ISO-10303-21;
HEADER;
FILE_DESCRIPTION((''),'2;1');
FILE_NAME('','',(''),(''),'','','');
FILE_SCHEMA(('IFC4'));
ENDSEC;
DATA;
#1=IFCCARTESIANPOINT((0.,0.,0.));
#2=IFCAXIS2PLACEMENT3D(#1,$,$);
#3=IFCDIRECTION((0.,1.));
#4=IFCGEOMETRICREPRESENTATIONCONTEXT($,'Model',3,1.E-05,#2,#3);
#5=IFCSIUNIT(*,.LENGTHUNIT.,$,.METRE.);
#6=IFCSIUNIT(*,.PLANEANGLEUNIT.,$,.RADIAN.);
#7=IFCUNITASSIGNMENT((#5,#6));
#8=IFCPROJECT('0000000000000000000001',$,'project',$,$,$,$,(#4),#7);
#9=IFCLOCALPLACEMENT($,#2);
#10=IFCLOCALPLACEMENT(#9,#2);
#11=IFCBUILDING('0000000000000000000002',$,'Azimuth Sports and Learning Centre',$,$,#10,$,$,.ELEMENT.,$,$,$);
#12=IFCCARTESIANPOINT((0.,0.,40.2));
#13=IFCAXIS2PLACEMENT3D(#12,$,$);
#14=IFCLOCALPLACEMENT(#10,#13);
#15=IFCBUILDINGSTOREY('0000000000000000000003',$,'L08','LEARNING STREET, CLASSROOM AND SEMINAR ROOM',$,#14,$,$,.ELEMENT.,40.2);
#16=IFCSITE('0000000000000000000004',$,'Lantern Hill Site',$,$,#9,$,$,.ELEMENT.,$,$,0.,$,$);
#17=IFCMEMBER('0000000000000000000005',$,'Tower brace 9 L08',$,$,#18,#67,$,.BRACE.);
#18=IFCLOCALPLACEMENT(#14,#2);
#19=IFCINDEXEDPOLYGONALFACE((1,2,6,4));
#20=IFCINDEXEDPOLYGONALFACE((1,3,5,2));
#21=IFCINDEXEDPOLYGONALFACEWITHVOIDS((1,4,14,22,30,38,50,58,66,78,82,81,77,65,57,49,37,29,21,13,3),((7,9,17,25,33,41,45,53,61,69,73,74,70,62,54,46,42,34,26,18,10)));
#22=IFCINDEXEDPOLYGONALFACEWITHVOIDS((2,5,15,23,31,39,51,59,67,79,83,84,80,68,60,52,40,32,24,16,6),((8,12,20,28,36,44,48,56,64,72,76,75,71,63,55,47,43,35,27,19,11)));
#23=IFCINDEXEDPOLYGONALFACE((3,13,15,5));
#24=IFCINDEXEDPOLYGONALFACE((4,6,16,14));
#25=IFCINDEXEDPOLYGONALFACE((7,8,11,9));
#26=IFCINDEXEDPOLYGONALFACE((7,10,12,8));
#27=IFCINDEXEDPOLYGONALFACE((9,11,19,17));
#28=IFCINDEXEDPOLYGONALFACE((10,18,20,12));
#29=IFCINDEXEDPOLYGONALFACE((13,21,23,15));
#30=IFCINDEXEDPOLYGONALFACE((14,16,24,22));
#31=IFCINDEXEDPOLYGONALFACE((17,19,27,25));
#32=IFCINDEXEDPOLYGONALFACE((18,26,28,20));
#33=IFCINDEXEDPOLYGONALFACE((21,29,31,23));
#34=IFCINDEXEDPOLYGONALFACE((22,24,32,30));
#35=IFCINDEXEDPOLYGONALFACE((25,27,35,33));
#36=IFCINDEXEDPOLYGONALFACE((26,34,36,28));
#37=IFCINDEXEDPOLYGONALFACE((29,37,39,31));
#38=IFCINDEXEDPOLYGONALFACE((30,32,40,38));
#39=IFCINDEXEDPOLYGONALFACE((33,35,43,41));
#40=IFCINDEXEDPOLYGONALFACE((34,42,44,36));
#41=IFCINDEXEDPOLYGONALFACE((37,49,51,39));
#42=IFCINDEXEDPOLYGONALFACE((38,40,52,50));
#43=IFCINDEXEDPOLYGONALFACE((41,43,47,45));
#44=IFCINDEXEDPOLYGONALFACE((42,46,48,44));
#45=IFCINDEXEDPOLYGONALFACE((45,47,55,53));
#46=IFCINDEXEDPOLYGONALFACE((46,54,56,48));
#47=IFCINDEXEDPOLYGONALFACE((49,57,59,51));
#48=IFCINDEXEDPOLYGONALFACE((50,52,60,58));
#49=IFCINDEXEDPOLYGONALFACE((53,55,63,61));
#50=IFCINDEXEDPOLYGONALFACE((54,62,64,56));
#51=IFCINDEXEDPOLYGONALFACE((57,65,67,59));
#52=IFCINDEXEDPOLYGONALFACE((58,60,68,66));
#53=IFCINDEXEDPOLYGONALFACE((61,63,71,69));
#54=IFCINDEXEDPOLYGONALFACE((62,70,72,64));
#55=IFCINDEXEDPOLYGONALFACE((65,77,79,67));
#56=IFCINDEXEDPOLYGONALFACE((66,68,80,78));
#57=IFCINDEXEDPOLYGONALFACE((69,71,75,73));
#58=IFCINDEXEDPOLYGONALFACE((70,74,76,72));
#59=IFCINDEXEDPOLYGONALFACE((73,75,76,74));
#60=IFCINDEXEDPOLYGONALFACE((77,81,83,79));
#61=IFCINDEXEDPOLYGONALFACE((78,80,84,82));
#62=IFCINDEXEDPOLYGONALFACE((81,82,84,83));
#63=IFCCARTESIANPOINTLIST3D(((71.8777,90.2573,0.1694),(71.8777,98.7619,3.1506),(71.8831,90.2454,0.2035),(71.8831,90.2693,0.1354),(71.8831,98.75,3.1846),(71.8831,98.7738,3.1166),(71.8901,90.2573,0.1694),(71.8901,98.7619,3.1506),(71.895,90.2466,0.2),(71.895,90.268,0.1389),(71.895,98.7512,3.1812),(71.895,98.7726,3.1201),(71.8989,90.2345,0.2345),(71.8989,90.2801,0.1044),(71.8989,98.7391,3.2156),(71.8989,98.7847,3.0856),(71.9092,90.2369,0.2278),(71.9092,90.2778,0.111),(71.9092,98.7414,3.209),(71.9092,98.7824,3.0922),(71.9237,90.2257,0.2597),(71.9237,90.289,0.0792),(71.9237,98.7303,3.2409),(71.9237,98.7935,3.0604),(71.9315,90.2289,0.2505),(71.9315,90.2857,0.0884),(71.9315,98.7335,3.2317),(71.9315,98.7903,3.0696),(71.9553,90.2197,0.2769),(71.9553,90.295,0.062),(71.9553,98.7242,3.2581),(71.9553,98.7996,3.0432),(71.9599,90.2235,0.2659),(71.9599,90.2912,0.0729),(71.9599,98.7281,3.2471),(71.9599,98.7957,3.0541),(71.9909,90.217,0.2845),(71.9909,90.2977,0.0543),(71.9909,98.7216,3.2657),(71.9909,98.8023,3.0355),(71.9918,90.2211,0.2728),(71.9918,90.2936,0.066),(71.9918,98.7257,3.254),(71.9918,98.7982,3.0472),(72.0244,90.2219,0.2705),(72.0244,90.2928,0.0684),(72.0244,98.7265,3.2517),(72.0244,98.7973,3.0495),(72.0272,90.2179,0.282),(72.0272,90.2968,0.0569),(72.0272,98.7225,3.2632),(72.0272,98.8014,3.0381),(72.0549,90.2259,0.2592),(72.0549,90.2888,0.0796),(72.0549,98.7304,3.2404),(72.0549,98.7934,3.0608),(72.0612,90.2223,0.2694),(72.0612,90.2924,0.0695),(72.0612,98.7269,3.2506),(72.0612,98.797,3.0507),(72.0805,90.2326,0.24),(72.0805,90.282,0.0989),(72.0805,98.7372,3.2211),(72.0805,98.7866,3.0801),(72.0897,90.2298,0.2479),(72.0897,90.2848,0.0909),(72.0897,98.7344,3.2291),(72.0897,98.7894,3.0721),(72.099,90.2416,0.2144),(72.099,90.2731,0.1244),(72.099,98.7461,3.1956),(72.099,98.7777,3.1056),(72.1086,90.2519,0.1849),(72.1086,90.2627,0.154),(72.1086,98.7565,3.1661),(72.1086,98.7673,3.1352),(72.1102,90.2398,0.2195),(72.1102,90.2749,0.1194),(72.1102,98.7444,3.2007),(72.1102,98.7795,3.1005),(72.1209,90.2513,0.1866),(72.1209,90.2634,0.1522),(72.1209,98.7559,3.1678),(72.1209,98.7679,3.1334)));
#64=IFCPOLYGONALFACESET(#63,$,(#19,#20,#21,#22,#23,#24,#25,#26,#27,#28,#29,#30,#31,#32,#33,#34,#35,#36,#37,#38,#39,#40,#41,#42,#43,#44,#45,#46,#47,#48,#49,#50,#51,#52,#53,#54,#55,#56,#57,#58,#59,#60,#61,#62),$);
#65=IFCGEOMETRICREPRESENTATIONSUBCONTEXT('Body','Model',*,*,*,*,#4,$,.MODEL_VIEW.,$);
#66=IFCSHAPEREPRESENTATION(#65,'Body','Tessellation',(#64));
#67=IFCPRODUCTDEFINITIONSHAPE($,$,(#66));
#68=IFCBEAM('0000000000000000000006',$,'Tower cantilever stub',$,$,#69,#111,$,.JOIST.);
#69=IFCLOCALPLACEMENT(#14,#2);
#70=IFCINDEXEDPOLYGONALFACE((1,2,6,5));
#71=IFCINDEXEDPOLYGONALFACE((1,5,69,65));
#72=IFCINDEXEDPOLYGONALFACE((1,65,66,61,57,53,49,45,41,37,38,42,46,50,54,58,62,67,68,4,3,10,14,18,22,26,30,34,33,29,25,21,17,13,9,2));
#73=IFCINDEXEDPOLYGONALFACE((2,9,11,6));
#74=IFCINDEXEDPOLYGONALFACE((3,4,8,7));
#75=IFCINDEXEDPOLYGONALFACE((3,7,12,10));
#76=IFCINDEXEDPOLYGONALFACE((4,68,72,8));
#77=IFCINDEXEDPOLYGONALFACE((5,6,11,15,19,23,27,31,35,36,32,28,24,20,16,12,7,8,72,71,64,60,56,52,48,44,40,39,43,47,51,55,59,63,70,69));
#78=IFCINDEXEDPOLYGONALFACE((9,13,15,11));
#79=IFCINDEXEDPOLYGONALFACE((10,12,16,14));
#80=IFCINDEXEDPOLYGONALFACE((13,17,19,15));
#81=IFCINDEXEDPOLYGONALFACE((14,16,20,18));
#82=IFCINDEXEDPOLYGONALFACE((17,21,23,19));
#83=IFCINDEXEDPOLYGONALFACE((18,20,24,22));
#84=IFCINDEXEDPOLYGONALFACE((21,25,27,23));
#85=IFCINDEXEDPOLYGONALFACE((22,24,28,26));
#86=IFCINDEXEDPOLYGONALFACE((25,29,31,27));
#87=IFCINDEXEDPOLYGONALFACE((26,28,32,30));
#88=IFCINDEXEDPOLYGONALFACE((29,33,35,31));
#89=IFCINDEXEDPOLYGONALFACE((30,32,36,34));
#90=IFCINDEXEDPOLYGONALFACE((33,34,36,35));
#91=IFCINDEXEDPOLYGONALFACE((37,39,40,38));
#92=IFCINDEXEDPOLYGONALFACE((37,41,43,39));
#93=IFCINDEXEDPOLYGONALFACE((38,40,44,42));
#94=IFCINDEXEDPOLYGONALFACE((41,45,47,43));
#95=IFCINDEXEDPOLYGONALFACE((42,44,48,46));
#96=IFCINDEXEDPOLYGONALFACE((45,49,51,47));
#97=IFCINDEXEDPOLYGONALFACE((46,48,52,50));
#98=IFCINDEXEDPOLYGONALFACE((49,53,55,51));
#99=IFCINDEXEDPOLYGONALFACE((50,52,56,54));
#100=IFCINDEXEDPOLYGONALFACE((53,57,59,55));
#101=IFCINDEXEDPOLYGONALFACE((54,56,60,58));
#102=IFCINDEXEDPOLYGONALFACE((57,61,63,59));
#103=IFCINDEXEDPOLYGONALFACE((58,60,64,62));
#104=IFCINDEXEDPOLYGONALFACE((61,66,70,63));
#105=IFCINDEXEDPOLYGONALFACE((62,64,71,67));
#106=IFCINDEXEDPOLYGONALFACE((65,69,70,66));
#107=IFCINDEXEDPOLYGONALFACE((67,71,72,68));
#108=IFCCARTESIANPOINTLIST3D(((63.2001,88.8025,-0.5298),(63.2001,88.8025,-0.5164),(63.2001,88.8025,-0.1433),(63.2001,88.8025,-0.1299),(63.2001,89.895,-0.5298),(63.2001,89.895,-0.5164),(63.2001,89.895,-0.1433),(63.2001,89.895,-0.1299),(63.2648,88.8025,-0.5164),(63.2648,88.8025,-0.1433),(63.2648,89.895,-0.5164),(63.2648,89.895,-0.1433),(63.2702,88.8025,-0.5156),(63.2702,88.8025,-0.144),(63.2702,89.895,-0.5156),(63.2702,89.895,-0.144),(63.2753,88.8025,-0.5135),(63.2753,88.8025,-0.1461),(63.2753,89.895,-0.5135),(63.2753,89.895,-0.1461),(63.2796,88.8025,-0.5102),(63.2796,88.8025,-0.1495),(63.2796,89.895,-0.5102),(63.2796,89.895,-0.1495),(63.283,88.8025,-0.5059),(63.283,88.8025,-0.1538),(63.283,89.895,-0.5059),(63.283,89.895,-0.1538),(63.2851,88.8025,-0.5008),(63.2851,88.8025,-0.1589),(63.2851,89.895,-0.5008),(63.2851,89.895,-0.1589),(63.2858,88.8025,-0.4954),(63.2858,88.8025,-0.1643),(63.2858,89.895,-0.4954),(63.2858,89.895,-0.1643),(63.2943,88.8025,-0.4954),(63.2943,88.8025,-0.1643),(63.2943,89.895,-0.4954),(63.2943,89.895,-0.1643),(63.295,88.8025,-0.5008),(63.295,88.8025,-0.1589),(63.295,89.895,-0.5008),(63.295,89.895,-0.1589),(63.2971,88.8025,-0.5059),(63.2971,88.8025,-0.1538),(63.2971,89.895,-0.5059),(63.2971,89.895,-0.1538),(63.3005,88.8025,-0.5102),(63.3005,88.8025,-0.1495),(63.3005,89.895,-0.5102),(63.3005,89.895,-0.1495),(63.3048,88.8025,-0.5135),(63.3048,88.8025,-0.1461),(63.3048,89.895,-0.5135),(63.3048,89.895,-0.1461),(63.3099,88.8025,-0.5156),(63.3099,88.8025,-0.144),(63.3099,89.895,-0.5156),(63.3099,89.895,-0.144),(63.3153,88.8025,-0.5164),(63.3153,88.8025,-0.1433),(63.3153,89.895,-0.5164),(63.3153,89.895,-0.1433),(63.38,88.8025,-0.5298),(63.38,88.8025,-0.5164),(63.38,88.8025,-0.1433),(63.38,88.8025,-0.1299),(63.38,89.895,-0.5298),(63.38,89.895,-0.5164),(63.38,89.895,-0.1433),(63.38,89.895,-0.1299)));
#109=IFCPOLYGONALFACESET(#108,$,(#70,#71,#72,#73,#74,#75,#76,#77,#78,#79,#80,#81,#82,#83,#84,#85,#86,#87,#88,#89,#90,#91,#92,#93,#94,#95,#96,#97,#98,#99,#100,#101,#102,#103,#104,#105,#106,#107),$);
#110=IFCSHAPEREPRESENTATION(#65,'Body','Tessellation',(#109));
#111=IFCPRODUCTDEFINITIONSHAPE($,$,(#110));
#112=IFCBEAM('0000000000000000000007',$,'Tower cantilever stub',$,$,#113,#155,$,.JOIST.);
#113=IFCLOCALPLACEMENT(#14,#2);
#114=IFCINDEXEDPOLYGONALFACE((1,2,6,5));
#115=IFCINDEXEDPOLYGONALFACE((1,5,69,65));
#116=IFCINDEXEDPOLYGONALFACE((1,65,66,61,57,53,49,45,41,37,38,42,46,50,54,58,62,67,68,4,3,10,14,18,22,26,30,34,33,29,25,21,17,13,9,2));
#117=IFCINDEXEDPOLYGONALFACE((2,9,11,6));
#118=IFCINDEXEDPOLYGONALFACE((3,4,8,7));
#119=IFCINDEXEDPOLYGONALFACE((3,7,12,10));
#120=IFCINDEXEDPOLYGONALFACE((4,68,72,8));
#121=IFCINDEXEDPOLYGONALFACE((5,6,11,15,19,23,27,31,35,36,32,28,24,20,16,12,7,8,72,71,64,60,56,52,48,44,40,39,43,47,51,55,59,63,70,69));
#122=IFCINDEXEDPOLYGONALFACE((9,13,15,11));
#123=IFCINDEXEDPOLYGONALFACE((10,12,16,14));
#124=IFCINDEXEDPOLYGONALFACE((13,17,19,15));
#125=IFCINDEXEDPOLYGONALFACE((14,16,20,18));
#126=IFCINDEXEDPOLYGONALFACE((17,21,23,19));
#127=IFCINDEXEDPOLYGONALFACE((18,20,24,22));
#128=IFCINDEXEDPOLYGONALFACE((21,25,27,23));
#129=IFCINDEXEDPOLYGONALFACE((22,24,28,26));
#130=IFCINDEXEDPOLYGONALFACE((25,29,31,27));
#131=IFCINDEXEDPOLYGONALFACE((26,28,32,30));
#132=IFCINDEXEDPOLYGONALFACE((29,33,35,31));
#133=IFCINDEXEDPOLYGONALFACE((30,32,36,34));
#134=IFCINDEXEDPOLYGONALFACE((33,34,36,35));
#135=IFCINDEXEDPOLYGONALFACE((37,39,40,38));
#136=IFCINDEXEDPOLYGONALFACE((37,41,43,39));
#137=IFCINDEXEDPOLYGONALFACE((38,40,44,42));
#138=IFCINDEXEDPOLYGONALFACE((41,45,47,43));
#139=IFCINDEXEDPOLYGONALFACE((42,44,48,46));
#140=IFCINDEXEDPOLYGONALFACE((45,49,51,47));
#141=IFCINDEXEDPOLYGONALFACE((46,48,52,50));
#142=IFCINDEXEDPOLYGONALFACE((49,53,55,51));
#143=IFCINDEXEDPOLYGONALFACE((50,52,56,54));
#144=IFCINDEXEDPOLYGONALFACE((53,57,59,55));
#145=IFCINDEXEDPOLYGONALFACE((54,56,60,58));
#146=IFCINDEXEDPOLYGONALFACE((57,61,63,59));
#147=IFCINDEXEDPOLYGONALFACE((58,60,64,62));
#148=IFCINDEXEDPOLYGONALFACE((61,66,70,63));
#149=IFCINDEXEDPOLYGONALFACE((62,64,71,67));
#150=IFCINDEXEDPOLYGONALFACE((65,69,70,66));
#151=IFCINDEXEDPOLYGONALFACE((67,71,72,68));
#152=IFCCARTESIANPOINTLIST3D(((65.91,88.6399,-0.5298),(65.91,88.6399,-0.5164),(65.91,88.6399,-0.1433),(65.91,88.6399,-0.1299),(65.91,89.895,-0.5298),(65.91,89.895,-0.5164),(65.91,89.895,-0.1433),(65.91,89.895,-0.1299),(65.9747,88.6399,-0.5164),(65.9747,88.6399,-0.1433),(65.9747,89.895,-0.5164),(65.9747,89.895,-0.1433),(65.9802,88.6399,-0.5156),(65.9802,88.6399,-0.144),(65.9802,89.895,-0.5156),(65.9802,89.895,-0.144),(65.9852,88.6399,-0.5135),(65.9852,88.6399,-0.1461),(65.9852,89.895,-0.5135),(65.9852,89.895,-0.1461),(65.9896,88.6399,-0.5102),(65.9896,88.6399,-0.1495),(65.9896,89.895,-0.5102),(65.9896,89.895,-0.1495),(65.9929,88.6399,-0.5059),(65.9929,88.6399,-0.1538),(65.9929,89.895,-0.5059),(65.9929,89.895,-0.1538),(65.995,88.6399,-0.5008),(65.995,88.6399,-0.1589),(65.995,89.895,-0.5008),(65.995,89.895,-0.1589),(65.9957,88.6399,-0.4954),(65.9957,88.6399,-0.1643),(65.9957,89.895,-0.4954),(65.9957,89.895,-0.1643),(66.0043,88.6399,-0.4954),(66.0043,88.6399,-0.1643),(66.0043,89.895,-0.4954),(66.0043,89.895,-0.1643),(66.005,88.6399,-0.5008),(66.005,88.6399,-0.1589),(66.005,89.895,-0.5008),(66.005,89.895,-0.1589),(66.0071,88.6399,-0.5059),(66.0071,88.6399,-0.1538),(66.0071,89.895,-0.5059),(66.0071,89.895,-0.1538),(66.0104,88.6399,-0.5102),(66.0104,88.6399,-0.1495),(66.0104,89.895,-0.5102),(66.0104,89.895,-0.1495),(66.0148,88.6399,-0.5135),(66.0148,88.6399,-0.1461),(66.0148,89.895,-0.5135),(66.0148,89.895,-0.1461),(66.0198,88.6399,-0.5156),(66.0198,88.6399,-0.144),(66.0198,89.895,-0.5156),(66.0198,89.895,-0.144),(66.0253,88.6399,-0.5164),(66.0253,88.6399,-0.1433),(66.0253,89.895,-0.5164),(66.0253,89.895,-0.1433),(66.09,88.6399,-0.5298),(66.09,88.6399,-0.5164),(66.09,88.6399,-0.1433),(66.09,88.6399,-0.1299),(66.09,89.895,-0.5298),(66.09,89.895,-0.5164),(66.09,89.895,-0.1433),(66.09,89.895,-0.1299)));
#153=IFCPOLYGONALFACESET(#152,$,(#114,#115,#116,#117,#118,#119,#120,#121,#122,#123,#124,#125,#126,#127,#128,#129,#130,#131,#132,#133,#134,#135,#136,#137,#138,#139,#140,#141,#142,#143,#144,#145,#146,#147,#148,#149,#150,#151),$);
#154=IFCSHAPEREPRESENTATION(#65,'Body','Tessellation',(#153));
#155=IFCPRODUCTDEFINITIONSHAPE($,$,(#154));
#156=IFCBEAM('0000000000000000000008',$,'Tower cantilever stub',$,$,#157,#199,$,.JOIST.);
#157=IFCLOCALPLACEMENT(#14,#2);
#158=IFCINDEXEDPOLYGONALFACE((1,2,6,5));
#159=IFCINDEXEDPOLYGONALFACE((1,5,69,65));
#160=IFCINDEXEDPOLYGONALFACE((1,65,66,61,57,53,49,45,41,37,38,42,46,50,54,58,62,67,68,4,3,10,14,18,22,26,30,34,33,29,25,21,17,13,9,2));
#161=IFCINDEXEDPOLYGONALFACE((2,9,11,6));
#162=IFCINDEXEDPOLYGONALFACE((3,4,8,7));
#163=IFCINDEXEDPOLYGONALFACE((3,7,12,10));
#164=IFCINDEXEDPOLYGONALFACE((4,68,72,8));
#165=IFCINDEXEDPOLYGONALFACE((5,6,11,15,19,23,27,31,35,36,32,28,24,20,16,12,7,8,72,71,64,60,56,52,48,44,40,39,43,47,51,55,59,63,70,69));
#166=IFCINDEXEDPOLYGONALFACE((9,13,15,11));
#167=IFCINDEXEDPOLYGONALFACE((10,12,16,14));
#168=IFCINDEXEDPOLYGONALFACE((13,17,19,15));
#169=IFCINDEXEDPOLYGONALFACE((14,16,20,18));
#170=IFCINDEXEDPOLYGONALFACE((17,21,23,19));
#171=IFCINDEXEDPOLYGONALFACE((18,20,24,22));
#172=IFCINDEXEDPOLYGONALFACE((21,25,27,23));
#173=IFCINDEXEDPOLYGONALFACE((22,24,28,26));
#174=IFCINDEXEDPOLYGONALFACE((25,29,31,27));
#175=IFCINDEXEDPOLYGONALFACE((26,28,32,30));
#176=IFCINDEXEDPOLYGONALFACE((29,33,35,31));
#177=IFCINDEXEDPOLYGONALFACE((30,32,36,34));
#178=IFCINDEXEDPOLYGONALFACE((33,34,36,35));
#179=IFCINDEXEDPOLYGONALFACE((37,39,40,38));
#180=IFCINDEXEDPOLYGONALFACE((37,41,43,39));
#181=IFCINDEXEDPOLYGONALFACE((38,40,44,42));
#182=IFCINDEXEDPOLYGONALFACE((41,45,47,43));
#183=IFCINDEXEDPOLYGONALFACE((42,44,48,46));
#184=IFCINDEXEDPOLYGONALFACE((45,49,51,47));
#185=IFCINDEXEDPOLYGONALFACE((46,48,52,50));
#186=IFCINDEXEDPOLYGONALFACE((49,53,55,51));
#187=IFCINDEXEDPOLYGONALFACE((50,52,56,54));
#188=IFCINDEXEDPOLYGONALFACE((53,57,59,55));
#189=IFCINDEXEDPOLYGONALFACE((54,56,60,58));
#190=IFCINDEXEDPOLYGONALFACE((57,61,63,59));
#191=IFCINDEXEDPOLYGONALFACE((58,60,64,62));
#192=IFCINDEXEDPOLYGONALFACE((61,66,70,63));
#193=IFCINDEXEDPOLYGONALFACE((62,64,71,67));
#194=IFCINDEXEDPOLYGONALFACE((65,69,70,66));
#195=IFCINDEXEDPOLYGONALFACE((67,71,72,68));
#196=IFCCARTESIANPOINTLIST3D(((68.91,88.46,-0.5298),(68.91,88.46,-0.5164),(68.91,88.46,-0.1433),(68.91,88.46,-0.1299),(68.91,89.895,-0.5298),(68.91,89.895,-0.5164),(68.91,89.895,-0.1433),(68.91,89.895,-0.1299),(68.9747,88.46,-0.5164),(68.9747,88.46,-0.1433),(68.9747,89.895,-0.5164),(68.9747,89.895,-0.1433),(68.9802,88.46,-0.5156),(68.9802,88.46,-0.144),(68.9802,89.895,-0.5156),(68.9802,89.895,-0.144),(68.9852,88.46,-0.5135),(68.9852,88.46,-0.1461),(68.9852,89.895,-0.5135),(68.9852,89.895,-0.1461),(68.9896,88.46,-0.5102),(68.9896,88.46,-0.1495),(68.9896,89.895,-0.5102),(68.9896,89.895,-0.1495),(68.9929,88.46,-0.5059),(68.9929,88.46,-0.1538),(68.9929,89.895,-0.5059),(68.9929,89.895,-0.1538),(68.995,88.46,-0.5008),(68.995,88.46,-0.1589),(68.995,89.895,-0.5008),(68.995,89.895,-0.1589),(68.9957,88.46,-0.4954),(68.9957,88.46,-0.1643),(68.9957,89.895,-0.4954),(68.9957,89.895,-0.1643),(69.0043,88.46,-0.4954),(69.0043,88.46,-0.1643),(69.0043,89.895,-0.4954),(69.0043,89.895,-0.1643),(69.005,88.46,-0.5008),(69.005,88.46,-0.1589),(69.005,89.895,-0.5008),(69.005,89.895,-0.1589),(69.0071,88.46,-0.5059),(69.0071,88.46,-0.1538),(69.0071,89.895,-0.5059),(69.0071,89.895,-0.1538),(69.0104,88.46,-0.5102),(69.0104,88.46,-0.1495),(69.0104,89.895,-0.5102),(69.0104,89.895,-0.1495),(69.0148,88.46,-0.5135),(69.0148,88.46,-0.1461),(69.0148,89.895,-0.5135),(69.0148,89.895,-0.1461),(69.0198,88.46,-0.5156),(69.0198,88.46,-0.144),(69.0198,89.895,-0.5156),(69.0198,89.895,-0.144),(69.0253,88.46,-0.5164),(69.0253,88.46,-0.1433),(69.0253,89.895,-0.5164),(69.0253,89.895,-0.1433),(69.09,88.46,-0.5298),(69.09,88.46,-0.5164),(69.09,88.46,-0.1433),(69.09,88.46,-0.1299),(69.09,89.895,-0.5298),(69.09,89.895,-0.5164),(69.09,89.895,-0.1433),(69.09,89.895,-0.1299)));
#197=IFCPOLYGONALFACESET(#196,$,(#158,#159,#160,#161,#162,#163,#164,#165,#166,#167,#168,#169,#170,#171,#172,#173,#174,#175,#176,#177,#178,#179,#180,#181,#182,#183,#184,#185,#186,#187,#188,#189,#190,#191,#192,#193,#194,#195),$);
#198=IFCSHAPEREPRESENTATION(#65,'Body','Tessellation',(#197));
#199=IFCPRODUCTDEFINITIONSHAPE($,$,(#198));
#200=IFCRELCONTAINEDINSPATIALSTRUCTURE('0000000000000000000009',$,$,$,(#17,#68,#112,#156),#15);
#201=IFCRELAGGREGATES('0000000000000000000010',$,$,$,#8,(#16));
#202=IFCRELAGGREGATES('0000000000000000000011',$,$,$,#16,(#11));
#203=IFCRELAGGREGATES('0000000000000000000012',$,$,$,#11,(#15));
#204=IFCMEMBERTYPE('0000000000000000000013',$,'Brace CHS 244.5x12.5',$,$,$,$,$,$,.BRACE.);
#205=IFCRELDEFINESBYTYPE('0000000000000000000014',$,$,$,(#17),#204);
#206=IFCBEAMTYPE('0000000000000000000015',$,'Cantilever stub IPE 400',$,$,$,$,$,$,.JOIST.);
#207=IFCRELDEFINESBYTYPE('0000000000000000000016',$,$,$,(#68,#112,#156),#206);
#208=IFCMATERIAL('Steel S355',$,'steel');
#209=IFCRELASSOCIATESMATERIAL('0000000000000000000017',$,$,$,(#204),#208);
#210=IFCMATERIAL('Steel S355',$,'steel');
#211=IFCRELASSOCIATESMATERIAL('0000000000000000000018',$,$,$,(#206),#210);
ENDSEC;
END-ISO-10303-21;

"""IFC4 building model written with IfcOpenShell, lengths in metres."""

from ifc_helpers import new_model, si_unit, direction, frame, origin, origin_2d, place, context, subcontext, project, spatial, hollow_circle, i_section, extrude, material, material_profile, profile_set, type_object, element, save


model = new_model("IFC4")

# Units and contexts
model_context = context("Model", 3, precision=1e-05, world=origin(), true_north=direction((0.0, 1.0)))
body_context = subcontext(model_context, "Body", "Model", "MODEL_VIEW")
ifc_project = project(units=[si_unit("LENGTHUNIT", "METRE"), si_unit("PLANEANGLEUNIT", "RADIAN")], contexts=[model_context])

# Site, building, storey
site_placement = place(None, origin())
site = spatial("IfcSite", under=ifc_project, at=site_placement, Name="Lantern Hill Site", CompositionType="ELEMENT", RefElevation=0.0)
building_placement = place(site_placement, origin())
building = spatial("IfcBuilding", under=site, at=building_placement, Name="Azimuth Sports and Learning Centre", CompositionType="ELEMENT")
storey_placement = place(building_placement, frame((0.0, 0.0, 40.2)))
storey = spatial("IfcBuildingStorey", under=building, at=storey_placement, Name="L08", Description="LEARNING STREET, CLASSROOM AND SEMINAR ROOM", CompositionType="ELEMENT", Elevation=40.2)

# Member
ifc_material_1 = material(Name="Steel S355", Category="steel")
ifc_material_profile_1 = material_profile(ifc_material_1, hollow_circle(Radius=0.1223, WallThickness=0.0125, at=origin_2d()), Name="CHS 244.5x12.5")
ifc_profile_set_1 = profile_set([ifc_material_profile_1], Name="Steel S355")
member_type_1 = type_object("IfcMemberType", Name="Brace CHS 244.5x12.5", PredefinedType="BRACE", material=ifc_profile_set_1)
member_1_placement = place(storey_placement, frame((72.0, 90.2573, 0.1694), z_axis=(0.0, 0.9437, 0.330803), x_axis=(-1.0, 0.0, 0.0)))
element("IfcMember", 1, at=member_1_placement, inside=storey, type_object=member_type_1, Name="Tower brace 9 L08", PredefinedType="BRACE", context=body_context, shape_type="SweptSolid", body=[
    extrude(hollow_circle(Radius=0.1223, WallThickness=0.0125, at=origin_2d()), origin(), (0.0, 0.0, 1.0), 9.012),
])

# Beams
ifc_material_2 = material(Name="Steel S355", Category="steel")
ifc_material_profile_2 = material_profile(ifc_material_2, i_section(OverallWidth=0.1799, OverallDepth=0.3999, WebThickness=0.0085, FlangeThickness=0.0134, FilletRadius=0.021, at=origin_2d()), Name="IPE 400")
ifc_profile_set_2 = profile_set([ifc_material_profile_2], Name="Steel S355")
beam_type_1 = type_object("IfcBeamType", Name="Cantilever stub IPE 400", PredefinedType="JOIST", material=ifc_profile_set_2)
beam_1_placement = place(storey_placement, frame((63.29, 89.895, -0.3298), z_axis=(0.0, -1.0, 0.0), x_axis=(1.0, 0.0, 0.0)))
element("IfcBeam", 2, at=beam_1_placement, inside=storey, type_object=beam_type_1, Name="Tower cantilever stub", PredefinedType="JOIST", context=body_context, shape_type="SweptSolid", body=[
    extrude(i_section(OverallWidth=0.1799, OverallDepth=0.3999, WebThickness=0.0085, FlangeThickness=0.0134, FilletRadius=0.021, at=origin_2d()), origin(), (0.0, 0.0, 1.0), 1.0925),
])
beam_2_placement = place(storey_placement, frame((66.0, 89.895, -0.3298), z_axis=(0.0, -1.0, 0.0), x_axis=(1.0, 0.0, 0.0)))
element("IfcBeam", 3, at=beam_2_placement, inside=storey, type_object=beam_type_1, Name="Tower cantilever stub", PredefinedType="JOIST", context=body_context, shape_type="SweptSolid", body=[
    extrude(i_section(OverallWidth=0.1799, OverallDepth=0.3999, WebThickness=0.0085, FlangeThickness=0.0134, FilletRadius=0.021, at=origin_2d()), origin(), (0.0, 0.0, 1.0), 1.2551),
])
beam_3_placement = place(storey_placement, frame((69.0, 89.895, -0.3298), z_axis=(0.0, -1.0, 0.0), x_axis=(1.0, 0.0, 0.0)))
element("IfcBeam", 4, at=beam_3_placement, inside=storey, type_object=beam_type_1, Name="Tower cantilever stub", PredefinedType="JOIST", context=body_context, shape_type="SweptSolid", body=[
    extrude(i_section(OverallWidth=0.1799, OverallDepth=0.3999, WebThickness=0.0085, FlangeThickness=0.0134, FilletRadius=0.021, at=origin_2d()), origin(), (0.0, 0.0, 1.0), 1.4351),
])

save(model, "model.ifc")
